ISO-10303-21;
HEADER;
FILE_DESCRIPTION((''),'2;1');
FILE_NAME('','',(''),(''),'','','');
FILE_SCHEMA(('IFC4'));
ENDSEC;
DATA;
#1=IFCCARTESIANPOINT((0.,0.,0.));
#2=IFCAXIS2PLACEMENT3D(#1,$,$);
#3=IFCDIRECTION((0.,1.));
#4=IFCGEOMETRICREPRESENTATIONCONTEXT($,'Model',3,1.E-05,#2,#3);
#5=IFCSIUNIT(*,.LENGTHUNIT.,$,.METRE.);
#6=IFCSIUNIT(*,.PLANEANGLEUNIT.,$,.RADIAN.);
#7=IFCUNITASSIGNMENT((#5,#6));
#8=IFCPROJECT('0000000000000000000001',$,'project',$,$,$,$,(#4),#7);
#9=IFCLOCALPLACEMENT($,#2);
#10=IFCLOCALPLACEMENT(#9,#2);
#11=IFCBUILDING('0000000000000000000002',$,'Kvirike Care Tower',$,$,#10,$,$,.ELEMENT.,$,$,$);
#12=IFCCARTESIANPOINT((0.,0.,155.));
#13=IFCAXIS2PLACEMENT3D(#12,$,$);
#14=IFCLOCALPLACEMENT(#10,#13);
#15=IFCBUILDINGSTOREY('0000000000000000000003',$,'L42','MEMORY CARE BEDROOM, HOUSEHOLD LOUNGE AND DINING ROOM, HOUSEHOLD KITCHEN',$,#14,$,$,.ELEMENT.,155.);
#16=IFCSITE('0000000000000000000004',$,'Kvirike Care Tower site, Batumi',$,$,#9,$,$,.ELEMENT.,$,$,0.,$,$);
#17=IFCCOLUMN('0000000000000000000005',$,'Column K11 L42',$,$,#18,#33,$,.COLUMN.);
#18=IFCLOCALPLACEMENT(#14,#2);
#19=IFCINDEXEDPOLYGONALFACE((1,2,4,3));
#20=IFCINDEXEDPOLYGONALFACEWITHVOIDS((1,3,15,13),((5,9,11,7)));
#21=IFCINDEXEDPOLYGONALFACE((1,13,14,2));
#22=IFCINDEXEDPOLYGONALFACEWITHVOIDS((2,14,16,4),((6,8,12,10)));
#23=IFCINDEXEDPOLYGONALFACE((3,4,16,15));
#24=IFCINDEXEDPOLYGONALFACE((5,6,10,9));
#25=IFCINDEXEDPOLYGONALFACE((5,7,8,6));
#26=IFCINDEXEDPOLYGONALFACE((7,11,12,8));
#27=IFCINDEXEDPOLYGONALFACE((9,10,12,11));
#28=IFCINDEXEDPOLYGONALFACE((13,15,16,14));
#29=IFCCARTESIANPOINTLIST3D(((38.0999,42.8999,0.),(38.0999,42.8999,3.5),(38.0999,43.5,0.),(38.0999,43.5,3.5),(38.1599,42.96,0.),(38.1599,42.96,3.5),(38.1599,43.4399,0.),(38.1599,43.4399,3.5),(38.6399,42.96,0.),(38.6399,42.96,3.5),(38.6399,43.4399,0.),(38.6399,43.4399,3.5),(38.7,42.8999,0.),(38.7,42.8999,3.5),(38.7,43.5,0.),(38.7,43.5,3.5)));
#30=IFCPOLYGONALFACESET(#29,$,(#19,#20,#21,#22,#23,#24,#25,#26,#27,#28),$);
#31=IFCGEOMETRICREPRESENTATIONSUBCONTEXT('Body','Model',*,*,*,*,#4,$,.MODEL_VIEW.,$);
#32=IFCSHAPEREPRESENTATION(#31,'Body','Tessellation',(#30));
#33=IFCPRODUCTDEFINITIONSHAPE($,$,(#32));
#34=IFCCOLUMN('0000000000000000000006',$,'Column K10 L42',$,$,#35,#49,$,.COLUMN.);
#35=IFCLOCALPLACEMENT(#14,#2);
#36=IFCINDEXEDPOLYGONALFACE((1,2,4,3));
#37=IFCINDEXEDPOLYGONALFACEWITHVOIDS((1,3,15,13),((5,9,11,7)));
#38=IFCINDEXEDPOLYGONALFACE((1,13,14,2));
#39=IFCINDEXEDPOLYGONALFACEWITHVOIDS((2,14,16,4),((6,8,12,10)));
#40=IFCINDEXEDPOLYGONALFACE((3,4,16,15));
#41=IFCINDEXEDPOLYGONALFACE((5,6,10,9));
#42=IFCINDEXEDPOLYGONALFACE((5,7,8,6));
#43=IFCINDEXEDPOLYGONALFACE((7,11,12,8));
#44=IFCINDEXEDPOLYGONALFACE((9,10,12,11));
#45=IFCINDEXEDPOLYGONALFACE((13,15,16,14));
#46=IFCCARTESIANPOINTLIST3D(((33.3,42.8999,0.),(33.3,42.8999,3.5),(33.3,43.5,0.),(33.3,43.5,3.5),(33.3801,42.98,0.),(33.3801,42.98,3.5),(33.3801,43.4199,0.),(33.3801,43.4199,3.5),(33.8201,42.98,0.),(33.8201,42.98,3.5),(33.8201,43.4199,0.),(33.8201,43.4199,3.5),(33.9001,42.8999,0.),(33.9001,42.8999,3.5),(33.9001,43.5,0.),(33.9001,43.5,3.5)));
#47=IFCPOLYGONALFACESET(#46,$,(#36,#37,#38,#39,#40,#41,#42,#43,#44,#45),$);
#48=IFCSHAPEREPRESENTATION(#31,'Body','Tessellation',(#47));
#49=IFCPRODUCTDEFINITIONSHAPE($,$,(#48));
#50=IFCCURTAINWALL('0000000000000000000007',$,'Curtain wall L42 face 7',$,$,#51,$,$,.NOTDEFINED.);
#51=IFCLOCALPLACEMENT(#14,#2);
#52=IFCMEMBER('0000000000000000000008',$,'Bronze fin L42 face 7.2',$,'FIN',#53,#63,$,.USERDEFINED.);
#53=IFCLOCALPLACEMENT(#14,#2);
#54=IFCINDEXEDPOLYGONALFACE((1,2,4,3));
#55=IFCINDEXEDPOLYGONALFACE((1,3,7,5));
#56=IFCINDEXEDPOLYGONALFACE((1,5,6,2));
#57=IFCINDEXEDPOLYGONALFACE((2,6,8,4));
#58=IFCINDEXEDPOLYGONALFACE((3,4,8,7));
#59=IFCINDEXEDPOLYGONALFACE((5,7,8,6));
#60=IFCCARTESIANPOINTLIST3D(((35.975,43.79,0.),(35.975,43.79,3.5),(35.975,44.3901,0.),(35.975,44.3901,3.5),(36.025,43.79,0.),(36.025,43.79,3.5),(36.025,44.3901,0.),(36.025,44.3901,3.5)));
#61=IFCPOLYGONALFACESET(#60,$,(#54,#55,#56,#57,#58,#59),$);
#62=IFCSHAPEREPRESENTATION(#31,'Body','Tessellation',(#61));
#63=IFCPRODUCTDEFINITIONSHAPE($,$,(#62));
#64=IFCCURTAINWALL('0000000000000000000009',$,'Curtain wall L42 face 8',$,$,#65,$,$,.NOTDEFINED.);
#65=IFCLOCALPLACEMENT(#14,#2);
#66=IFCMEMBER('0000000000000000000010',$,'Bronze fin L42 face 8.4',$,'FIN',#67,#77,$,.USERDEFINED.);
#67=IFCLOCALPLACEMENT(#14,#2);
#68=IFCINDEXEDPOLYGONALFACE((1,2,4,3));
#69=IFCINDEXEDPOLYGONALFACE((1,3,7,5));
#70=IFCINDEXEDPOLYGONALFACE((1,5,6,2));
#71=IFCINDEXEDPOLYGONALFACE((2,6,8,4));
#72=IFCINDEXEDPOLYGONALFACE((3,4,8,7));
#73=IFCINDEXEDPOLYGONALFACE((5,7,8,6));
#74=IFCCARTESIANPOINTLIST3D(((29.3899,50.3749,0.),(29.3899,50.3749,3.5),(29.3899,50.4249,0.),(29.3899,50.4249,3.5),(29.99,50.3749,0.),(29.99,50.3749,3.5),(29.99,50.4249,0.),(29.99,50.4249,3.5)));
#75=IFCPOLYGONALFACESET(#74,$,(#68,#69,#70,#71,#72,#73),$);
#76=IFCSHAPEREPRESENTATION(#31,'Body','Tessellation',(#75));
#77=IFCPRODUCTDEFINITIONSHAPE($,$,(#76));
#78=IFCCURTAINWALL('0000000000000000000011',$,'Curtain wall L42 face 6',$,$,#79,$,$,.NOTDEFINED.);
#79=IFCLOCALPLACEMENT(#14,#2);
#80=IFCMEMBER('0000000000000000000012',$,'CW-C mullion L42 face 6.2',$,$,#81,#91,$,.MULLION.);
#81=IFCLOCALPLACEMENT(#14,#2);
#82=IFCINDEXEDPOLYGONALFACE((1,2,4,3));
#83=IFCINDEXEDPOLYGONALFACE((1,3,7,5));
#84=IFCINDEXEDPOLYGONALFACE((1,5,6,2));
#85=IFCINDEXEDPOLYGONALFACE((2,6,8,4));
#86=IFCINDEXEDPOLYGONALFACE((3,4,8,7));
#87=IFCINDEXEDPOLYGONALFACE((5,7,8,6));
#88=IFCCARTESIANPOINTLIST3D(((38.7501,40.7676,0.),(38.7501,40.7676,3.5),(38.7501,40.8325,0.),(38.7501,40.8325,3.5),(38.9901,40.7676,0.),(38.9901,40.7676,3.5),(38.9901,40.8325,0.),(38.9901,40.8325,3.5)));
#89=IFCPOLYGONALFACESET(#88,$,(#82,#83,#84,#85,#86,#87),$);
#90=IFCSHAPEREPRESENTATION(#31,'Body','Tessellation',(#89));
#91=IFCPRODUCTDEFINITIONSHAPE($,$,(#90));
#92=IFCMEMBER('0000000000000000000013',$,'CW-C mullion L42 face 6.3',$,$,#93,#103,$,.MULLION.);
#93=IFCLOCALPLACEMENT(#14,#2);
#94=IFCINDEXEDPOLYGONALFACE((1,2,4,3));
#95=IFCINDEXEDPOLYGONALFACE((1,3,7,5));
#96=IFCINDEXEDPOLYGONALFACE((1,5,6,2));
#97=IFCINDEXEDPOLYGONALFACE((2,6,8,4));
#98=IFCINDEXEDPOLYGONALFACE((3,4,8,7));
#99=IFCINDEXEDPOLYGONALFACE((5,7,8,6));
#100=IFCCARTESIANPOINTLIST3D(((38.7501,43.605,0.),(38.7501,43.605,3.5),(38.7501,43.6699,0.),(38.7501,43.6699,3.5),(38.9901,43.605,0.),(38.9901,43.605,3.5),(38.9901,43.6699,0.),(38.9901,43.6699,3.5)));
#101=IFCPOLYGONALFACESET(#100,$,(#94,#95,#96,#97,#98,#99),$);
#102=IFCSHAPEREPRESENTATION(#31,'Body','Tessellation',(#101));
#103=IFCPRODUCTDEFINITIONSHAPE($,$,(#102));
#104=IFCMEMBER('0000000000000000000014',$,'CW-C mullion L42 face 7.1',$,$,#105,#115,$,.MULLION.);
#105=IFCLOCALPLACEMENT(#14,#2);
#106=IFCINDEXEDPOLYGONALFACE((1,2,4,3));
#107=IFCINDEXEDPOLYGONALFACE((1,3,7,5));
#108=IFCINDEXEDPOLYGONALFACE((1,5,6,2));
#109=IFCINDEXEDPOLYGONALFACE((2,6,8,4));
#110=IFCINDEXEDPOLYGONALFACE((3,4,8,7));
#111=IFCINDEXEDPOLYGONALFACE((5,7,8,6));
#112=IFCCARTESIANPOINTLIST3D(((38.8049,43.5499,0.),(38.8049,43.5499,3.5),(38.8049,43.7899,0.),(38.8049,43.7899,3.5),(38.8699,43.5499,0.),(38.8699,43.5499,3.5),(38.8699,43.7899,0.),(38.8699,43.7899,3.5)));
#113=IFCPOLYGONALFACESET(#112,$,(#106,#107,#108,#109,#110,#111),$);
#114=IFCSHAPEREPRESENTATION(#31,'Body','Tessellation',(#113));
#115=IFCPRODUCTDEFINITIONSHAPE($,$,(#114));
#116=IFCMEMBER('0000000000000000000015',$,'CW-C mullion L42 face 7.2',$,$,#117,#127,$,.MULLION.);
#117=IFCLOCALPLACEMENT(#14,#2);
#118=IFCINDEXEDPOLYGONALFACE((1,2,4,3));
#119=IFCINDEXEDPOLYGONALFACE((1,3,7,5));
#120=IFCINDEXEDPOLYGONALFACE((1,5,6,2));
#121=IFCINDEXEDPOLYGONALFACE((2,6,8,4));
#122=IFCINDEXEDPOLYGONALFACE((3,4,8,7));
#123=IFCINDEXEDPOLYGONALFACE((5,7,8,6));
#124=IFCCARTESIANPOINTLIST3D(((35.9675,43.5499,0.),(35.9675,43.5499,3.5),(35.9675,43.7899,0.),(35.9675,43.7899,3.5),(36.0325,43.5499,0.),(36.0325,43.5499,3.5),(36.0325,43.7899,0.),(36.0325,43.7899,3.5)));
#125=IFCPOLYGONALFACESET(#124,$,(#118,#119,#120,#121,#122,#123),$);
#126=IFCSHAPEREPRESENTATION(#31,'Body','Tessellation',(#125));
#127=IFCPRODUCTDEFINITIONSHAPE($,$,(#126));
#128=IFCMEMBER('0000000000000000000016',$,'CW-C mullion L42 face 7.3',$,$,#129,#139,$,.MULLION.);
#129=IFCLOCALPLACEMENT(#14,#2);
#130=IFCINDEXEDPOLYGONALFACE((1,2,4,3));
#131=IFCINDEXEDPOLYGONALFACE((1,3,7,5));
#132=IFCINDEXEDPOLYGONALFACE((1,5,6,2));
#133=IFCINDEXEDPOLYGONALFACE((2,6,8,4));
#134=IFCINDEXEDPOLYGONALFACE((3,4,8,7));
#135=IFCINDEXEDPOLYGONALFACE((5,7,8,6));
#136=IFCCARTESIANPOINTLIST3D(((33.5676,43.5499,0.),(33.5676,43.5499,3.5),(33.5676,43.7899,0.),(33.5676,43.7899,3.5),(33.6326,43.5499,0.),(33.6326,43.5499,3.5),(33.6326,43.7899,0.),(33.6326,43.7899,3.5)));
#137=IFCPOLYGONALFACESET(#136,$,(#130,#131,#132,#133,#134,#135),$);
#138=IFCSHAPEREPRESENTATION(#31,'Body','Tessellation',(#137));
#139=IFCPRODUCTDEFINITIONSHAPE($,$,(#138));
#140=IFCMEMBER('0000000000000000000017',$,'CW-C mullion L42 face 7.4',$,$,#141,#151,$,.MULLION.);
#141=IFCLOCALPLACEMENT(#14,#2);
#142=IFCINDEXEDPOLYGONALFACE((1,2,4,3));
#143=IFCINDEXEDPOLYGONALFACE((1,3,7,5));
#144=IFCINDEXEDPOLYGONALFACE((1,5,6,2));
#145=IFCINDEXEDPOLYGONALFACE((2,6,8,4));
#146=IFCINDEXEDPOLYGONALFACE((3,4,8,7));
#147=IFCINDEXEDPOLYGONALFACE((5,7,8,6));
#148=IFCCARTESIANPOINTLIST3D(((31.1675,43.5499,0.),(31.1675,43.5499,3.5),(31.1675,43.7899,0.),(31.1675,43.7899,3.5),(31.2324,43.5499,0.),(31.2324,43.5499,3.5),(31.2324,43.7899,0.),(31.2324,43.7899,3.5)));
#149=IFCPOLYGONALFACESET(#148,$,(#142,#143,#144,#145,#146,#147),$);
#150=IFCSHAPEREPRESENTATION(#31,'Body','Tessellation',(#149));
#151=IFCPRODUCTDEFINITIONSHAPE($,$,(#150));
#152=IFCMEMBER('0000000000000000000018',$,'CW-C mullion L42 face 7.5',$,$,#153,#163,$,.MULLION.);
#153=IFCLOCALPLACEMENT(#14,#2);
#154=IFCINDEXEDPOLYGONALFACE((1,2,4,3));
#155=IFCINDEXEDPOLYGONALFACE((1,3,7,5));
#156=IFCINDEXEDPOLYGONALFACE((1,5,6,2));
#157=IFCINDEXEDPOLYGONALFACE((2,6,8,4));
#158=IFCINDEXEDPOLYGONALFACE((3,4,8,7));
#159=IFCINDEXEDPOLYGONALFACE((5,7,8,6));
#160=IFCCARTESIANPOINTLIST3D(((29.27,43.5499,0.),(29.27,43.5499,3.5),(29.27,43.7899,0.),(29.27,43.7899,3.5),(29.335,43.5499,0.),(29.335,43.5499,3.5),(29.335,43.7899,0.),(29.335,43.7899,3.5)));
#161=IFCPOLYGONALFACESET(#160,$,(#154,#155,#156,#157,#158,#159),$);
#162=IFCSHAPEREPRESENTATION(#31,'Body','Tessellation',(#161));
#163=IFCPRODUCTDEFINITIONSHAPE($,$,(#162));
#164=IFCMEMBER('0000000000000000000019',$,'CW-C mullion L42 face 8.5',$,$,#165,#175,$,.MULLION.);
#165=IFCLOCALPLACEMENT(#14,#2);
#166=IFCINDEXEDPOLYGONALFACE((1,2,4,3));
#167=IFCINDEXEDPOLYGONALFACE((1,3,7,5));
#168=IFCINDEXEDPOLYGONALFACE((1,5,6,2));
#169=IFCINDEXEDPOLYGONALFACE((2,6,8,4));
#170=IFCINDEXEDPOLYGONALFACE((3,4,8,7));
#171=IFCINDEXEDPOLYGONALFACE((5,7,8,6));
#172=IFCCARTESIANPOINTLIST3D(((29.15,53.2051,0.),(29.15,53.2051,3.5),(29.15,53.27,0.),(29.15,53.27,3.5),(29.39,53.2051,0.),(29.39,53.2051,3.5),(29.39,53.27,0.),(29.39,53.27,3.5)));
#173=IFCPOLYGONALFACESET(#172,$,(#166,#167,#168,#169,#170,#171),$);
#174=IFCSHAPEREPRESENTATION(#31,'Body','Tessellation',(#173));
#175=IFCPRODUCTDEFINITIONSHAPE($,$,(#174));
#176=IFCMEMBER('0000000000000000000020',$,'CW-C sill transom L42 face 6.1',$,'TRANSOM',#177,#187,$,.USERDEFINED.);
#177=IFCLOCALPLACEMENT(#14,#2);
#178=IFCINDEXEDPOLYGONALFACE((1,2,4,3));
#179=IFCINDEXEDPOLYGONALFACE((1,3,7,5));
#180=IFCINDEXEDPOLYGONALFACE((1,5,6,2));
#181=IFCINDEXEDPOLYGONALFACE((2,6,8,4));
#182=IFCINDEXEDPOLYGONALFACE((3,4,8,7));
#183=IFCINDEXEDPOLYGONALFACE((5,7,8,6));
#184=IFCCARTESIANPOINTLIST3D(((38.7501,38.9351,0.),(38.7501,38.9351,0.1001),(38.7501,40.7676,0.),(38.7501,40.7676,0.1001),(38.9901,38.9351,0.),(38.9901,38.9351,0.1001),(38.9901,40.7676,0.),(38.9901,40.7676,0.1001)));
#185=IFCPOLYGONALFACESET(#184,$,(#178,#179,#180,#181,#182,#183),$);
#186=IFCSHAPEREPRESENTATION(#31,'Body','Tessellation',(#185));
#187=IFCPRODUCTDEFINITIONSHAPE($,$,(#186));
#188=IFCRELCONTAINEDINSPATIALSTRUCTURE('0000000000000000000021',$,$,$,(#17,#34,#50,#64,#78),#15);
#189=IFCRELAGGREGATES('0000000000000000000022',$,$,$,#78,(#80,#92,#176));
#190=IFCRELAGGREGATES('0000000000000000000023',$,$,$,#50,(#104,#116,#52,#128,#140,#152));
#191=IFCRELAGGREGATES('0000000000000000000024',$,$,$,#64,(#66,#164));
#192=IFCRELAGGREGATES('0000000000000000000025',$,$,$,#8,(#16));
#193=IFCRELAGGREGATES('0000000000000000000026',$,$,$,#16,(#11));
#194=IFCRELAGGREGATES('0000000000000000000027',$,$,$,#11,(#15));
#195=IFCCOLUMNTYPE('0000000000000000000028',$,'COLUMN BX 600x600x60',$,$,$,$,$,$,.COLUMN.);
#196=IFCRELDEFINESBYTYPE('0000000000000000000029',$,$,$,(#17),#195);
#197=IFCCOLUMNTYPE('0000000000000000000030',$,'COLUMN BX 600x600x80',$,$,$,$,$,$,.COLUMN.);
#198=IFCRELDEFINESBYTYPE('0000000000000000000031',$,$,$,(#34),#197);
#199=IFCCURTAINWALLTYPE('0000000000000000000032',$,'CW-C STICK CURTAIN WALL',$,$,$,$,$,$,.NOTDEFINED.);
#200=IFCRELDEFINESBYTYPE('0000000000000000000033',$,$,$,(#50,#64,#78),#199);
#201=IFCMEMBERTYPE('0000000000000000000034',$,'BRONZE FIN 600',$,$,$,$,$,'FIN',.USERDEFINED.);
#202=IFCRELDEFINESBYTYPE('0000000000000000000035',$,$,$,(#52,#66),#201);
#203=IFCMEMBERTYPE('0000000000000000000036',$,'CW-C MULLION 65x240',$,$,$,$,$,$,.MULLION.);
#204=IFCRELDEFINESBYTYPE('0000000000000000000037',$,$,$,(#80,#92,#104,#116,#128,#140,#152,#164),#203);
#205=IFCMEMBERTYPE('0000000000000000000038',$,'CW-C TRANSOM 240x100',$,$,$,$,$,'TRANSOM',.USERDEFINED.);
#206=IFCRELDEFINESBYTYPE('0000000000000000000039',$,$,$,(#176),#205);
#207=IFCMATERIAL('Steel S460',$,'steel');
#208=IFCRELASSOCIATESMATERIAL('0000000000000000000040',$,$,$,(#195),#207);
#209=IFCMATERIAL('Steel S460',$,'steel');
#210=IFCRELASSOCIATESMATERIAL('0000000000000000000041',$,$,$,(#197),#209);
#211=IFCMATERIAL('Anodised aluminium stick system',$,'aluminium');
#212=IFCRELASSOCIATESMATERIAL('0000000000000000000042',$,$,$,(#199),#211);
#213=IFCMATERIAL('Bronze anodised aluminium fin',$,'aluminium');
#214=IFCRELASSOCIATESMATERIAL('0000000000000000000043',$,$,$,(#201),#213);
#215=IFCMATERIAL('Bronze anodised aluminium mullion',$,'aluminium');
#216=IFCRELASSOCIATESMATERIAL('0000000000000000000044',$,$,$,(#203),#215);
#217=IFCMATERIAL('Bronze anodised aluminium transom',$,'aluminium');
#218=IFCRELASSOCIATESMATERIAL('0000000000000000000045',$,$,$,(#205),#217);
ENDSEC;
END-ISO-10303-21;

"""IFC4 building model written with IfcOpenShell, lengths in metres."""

from ifc_helpers import new_model, si_unit, direction, frame, origin, origin_2d, place, context, subcontext, project, spatial, rectangle, hollow_rectangle, extrude, material, material_profile, profile_set, type_object, element, aggregate, save


model = new_model("IFC4")

# Units and contexts
model_context = context("Model", 3, precision=1e-05, world=origin(), true_north=direction((0.0, 1.0)))
body_context = subcontext(model_context, "Body", "Model", "MODEL_VIEW")
ifc_project = project(units=[si_unit("LENGTHUNIT", "METRE"), si_unit("PLANEANGLEUNIT", "RADIAN")], contexts=[model_context])

# Site, building, storey
site_placement = place(None, origin())
site = spatial("IfcSite", under=ifc_project, at=site_placement, Name="Kvirike Care Tower site, Batumi", CompositionType="ELEMENT", RefElevation=0.0)
building_placement = place(site_placement, origin())
building = spatial("IfcBuilding", under=site, at=building_placement, Name="Kvirike Care Tower", CompositionType="ELEMENT")
storey_placement = place(building_placement, frame((0.0, 0.0, 155.0)))
storey = spatial("IfcBuildingStorey", under=building, at=storey_placement, Name="L42", Description="MEMORY CARE BEDROOM, HOUSEHOLD LOUNGE AND DINING ROOM, HOUSEHOLD KITCHEN", CompositionType="ELEMENT", Elevation=155.0)

# Columns
ifc_material_1 = material(Name="Steel S460", Category="steel")
ifc_material_profile_1 = material_profile(ifc_material_1, hollow_rectangle(XDim=0.6001, YDim=0.6001, WallThickness=0.0601, at=origin_2d()), Name="BX 600x600x60")
ifc_profile_set_1 = profile_set([ifc_material_profile_1], Name="Steel S460")
column_type_1 = type_object("IfcColumnType", Name="COLUMN BX 600x600x60", PredefinedType="COLUMN", material=ifc_profile_set_1)
column_1_placement = place(storey_placement, frame((38.3999, 43.2, 0.0), z_axis=(0.0, 0.0, 1.0), x_axis=(0.0, 1.0, 0.0)))
element("IfcColumn", 1, at=column_1_placement, inside=storey, type_object=column_type_1, Name="Column K11 L42", PredefinedType="COLUMN", context=body_context, shape_type="SweptSolid", body=[
    extrude(hollow_rectangle(XDim=0.6001, YDim=0.6001, WallThickness=0.0601, at=origin_2d()), origin(), (0.0, 0.0, 1.0), 3.5),
])
ifc_material_2 = material(Name="Steel S460", Category="steel")
ifc_material_profile_2 = material_profile(ifc_material_2, hollow_rectangle(XDim=0.6001, YDim=0.6001, WallThickness=0.0801, at=origin_2d()), Name="BX 600x600x80")
ifc_profile_set_2 = profile_set([ifc_material_profile_2], Name="Steel S460")
column_type_2 = type_object("IfcColumnType", Name="COLUMN BX 600x600x80", PredefinedType="COLUMN", material=ifc_profile_set_2)
column_2_placement = place(storey_placement, frame((33.6001, 43.2, 0.0), z_axis=(0.0, 0.0, 1.0), x_axis=(0.0, 1.0, 0.0)))
element("IfcColumn", 2, at=column_2_placement, inside=storey, type_object=column_type_2, Name="Column K10 L42", PredefinedType="COLUMN", context=body_context, shape_type="SweptSolid", body=[
    extrude(hollow_rectangle(XDim=0.6001, YDim=0.6001, WallThickness=0.0801, at=origin_2d()), origin(), (0.0, 0.0, 1.0), 3.5),
])

# Curtain walls, members
ifc_material_3 = material(Name="Anodised aluminium stick system", Category="aluminium")
curtain_wall_type = type_object("IfcCurtainWallType", Name="CW-C STICK CURTAIN WALL", PredefinedType="NOTDEFINED", material=ifc_material_3)
curtain_wall_1_placement = place(storey_placement, origin())
curtain_wall_1 = element("IfcCurtainWall", 3, at=curtain_wall_1_placement, inside=storey, type_object=curtain_wall_type, Name="Curtain wall L42 face 7", PredefinedType="NOTDEFINED")
ifc_material_4 = material(Name="Bronze anodised aluminium fin", Category="aluminium")
ifc_material_profile_3 = material_profile(ifc_material_4, rectangle(XDim=0.05, YDim=0.6001, at=origin_2d()), Name="BRONZE FIN 600")
ifc_profile_set_3 = profile_set([ifc_material_profile_3], Name="Bronze anodised aluminium fin")
member_type_1 = type_object("IfcMemberType", Name="BRONZE FIN 600", ElementType="FIN", PredefinedType="USERDEFINED", material=ifc_profile_set_3)
member_1_placement = place(storey_placement, frame((36.0, 44.0901, 0.0), z_axis=(0.0, 0.0, 1.0), x_axis=(-1.0, 0.0, 0.0)))
member_1 = element("IfcMember", 4, at=member_1_placement, type_object=member_type_1, Name="Bronze fin L42 face 7.2", ObjectType="FIN", PredefinedType="USERDEFINED", context=body_context, shape_type="SweptSolid", body=[
    extrude(rectangle(XDim=0.05, YDim=0.6001, at=origin_2d()), origin(), (0.0, 0.0, 1.0), 3.5),
])
curtain_wall_2_placement = place(storey_placement, origin())
curtain_wall_2 = element("IfcCurtainWall", 5, at=curtain_wall_2_placement, inside=storey, type_object=curtain_wall_type, Name="Curtain wall L42 face 8", PredefinedType="NOTDEFINED")
member_2_placement = place(storey_placement, frame((29.6899, 50.3999, 0.0), z_axis=(0.0, 0.0, 1.0), x_axis=(0.0, 1.0, 0.0)))
member_2 = element("IfcMember", 6, at=member_2_placement, type_object=member_type_1, Name="Bronze fin L42 face 8.4", ObjectType="FIN", PredefinedType="USERDEFINED", context=body_context, shape_type="SweptSolid", body=[
    extrude(rectangle(XDim=0.05, YDim=0.6001, at=origin_2d()), origin(), (0.0, 0.0, 1.0), 3.5),
])

# Curtain wall, members
curtain_wall_3_placement = place(storey_placement, origin())
curtain_wall_3 = element("IfcCurtainWall", 7, at=curtain_wall_3_placement, inside=storey, type_object=curtain_wall_type, Name="Curtain wall L42 face 6", PredefinedType="NOTDEFINED")
ifc_material_5 = material(Name="Bronze anodised aluminium mullion", Category="aluminium")
ifc_material_profile_4 = material_profile(ifc_material_5, rectangle(XDim=0.0649, YDim=0.24, at=origin_2d()), Name="CW-C MULLION 65x240")
ifc_profile_set_4 = profile_set([ifc_material_profile_4], Name="Bronze anodised aluminium mullion")
member_type_2 = type_object("IfcMemberType", Name="CW-C MULLION 65x240", PredefinedType="MULLION", material=ifc_profile_set_4)
member_3_placement = place(storey_placement, frame((38.8701, 40.8, 0.0), z_axis=(0.0, 0.0, 1.0), x_axis=(0.0, 1.0, 0.0)))
member_3 = element("IfcMember", 8, at=member_3_placement, type_object=member_type_2, Name="CW-C mullion L42 face 6.2", PredefinedType="MULLION", context=body_context, shape_type="SweptSolid", body=[
    extrude(rectangle(XDim=0.0649, YDim=0.24, at=origin_2d()), origin(), (0.0, 0.0, 1.0), 3.5),
])
member_4_placement = place(storey_placement, frame((38.8701, 43.6375, 0.0), z_axis=(0.0, 0.0, 1.0), x_axis=(0.0, 1.0, 0.0)))
member_4 = element("IfcMember", 9, at=member_4_placement, type_object=member_type_2, Name="CW-C mullion L42 face 6.3", PredefinedType="MULLION", context=body_context, shape_type="SweptSolid", body=[
    extrude(rectangle(XDim=0.0649, YDim=0.24, at=origin_2d()), origin(), (0.0, 0.0, 1.0), 3.5),
])

# Members
member_5_placement = place(storey_placement, frame((38.8374, 43.6699, 0.0), z_axis=(0.0, 0.0, 1.0), x_axis=(-1.0, 0.0, 0.0)))
member_5 = element("IfcMember", 10, at=member_5_placement, type_object=member_type_2, Name="CW-C mullion L42 face 7.1", PredefinedType="MULLION", context=body_context, shape_type="SweptSolid", body=[
    extrude(rectangle(XDim=0.0649, YDim=0.24, at=origin_2d()), origin(), (0.0, 0.0, 1.0), 3.5),
])
member_6_placement = place(storey_placement, frame((36.0, 43.6699, 0.0), z_axis=(0.0, 0.0, 1.0), x_axis=(-1.0, 0.0, 0.0)))
member_6 = element("IfcMember", 11, at=member_6_placement, type_object=member_type_2, Name="CW-C mullion L42 face 7.2", PredefinedType="MULLION", context=body_context, shape_type="SweptSolid", body=[
    extrude(rectangle(XDim=0.0649, YDim=0.24, at=origin_2d()), origin(), (0.0, 0.0, 1.0), 3.5),
])
member_7_placement = place(storey_placement, frame((33.6001, 43.6699, 0.0), z_axis=(0.0, 0.0, 1.0), x_axis=(-1.0, 0.0, 0.0)))
member_7 = element("IfcMember", 12, at=member_7_placement, type_object=member_type_2, Name="CW-C mullion L42 face 7.3", PredefinedType="MULLION", context=body_context, shape_type="SweptSolid", body=[
    extrude(rectangle(XDim=0.0649, YDim=0.24, at=origin_2d()), origin(), (0.0, 0.0, 1.0), 3.5),
])
member_8_placement = place(storey_placement, frame((31.2, 43.6699, 0.0), z_axis=(0.0, 0.0, 1.0), x_axis=(-1.0, 0.0, 0.0)))
member_8 = element("IfcMember", 13, at=member_8_placement, type_object=member_type_2, Name="CW-C mullion L42 face 7.4", PredefinedType="MULLION", context=body_context, shape_type="SweptSolid", body=[
    extrude(rectangle(XDim=0.0649, YDim=0.24, at=origin_2d()), origin(), (0.0, 0.0, 1.0), 3.5),
])
member_9_placement = place(storey_placement, frame((29.3025, 43.6699, 0.0), z_axis=(0.0, 0.0, 1.0), x_axis=(-1.0, 0.0, 0.0)))
member_9 = element("IfcMember", 14, at=member_9_placement, type_object=member_type_2, Name="CW-C mullion L42 face 7.5", PredefinedType="MULLION", context=body_context, shape_type="SweptSolid", body=[
    extrude(rectangle(XDim=0.0649, YDim=0.24, at=origin_2d()), origin(), (0.0, 0.0, 1.0), 3.5),
])
member_10_placement = place(storey_placement, frame((29.27, 53.2375, 0.0), z_axis=(0.0, 0.0, 1.0), x_axis=(0.0, 1.0, 0.0)))
member_10 = element("IfcMember", 15, at=member_10_placement, type_object=member_type_2, Name="CW-C mullion L42 face 8.5", PredefinedType="MULLION", context=body_context, shape_type="SweptSolid", body=[
    extrude(rectangle(XDim=0.0649, YDim=0.24, at=origin_2d()), origin(), (0.0, 0.0, 1.0), 3.5),
])
ifc_material_6 = material(Name="Bronze anodised aluminium transom", Category="aluminium")
ifc_material_profile_5 = material_profile(ifc_material_6, rectangle(XDim=0.24, YDim=0.1001, at=origin_2d()), Name="CW-C TRANSOM 240x100")
ifc_profile_set_5 = profile_set([ifc_material_profile_5], Name="Bronze anodised aluminium transom")
member_type_3 = type_object("IfcMemberType", Name="CW-C TRANSOM 240x100", ElementType="TRANSOM", PredefinedType="USERDEFINED", material=ifc_profile_set_5)
member_11_placement = place(storey_placement, frame((38.8701, 38.9351, 0.05), z_axis=(0.0, 1.0, 0.0), x_axis=(-1.0, 0.0, 0.0)))
member_11 = element("IfcMember", 16, at=member_11_placement, type_object=member_type_3, Name="CW-C sill transom L42 face 6.1", ObjectType="TRANSOM", PredefinedType="USERDEFINED", context=body_context, shape_type="SweptSolid", body=[
    extrude(rectangle(XDim=0.24, YDim=0.1001, at=origin_2d()), origin(), (0.0, 0.0, 1.0), 1.8325),
])

aggregate(curtain_wall_3, [member_3, member_4, member_11])
aggregate(curtain_wall_1, [member_5, member_6, member_1, member_7, member_8, member_9])
aggregate(curtain_wall_2, [member_2, member_10])

save(model, "model.ifc")
